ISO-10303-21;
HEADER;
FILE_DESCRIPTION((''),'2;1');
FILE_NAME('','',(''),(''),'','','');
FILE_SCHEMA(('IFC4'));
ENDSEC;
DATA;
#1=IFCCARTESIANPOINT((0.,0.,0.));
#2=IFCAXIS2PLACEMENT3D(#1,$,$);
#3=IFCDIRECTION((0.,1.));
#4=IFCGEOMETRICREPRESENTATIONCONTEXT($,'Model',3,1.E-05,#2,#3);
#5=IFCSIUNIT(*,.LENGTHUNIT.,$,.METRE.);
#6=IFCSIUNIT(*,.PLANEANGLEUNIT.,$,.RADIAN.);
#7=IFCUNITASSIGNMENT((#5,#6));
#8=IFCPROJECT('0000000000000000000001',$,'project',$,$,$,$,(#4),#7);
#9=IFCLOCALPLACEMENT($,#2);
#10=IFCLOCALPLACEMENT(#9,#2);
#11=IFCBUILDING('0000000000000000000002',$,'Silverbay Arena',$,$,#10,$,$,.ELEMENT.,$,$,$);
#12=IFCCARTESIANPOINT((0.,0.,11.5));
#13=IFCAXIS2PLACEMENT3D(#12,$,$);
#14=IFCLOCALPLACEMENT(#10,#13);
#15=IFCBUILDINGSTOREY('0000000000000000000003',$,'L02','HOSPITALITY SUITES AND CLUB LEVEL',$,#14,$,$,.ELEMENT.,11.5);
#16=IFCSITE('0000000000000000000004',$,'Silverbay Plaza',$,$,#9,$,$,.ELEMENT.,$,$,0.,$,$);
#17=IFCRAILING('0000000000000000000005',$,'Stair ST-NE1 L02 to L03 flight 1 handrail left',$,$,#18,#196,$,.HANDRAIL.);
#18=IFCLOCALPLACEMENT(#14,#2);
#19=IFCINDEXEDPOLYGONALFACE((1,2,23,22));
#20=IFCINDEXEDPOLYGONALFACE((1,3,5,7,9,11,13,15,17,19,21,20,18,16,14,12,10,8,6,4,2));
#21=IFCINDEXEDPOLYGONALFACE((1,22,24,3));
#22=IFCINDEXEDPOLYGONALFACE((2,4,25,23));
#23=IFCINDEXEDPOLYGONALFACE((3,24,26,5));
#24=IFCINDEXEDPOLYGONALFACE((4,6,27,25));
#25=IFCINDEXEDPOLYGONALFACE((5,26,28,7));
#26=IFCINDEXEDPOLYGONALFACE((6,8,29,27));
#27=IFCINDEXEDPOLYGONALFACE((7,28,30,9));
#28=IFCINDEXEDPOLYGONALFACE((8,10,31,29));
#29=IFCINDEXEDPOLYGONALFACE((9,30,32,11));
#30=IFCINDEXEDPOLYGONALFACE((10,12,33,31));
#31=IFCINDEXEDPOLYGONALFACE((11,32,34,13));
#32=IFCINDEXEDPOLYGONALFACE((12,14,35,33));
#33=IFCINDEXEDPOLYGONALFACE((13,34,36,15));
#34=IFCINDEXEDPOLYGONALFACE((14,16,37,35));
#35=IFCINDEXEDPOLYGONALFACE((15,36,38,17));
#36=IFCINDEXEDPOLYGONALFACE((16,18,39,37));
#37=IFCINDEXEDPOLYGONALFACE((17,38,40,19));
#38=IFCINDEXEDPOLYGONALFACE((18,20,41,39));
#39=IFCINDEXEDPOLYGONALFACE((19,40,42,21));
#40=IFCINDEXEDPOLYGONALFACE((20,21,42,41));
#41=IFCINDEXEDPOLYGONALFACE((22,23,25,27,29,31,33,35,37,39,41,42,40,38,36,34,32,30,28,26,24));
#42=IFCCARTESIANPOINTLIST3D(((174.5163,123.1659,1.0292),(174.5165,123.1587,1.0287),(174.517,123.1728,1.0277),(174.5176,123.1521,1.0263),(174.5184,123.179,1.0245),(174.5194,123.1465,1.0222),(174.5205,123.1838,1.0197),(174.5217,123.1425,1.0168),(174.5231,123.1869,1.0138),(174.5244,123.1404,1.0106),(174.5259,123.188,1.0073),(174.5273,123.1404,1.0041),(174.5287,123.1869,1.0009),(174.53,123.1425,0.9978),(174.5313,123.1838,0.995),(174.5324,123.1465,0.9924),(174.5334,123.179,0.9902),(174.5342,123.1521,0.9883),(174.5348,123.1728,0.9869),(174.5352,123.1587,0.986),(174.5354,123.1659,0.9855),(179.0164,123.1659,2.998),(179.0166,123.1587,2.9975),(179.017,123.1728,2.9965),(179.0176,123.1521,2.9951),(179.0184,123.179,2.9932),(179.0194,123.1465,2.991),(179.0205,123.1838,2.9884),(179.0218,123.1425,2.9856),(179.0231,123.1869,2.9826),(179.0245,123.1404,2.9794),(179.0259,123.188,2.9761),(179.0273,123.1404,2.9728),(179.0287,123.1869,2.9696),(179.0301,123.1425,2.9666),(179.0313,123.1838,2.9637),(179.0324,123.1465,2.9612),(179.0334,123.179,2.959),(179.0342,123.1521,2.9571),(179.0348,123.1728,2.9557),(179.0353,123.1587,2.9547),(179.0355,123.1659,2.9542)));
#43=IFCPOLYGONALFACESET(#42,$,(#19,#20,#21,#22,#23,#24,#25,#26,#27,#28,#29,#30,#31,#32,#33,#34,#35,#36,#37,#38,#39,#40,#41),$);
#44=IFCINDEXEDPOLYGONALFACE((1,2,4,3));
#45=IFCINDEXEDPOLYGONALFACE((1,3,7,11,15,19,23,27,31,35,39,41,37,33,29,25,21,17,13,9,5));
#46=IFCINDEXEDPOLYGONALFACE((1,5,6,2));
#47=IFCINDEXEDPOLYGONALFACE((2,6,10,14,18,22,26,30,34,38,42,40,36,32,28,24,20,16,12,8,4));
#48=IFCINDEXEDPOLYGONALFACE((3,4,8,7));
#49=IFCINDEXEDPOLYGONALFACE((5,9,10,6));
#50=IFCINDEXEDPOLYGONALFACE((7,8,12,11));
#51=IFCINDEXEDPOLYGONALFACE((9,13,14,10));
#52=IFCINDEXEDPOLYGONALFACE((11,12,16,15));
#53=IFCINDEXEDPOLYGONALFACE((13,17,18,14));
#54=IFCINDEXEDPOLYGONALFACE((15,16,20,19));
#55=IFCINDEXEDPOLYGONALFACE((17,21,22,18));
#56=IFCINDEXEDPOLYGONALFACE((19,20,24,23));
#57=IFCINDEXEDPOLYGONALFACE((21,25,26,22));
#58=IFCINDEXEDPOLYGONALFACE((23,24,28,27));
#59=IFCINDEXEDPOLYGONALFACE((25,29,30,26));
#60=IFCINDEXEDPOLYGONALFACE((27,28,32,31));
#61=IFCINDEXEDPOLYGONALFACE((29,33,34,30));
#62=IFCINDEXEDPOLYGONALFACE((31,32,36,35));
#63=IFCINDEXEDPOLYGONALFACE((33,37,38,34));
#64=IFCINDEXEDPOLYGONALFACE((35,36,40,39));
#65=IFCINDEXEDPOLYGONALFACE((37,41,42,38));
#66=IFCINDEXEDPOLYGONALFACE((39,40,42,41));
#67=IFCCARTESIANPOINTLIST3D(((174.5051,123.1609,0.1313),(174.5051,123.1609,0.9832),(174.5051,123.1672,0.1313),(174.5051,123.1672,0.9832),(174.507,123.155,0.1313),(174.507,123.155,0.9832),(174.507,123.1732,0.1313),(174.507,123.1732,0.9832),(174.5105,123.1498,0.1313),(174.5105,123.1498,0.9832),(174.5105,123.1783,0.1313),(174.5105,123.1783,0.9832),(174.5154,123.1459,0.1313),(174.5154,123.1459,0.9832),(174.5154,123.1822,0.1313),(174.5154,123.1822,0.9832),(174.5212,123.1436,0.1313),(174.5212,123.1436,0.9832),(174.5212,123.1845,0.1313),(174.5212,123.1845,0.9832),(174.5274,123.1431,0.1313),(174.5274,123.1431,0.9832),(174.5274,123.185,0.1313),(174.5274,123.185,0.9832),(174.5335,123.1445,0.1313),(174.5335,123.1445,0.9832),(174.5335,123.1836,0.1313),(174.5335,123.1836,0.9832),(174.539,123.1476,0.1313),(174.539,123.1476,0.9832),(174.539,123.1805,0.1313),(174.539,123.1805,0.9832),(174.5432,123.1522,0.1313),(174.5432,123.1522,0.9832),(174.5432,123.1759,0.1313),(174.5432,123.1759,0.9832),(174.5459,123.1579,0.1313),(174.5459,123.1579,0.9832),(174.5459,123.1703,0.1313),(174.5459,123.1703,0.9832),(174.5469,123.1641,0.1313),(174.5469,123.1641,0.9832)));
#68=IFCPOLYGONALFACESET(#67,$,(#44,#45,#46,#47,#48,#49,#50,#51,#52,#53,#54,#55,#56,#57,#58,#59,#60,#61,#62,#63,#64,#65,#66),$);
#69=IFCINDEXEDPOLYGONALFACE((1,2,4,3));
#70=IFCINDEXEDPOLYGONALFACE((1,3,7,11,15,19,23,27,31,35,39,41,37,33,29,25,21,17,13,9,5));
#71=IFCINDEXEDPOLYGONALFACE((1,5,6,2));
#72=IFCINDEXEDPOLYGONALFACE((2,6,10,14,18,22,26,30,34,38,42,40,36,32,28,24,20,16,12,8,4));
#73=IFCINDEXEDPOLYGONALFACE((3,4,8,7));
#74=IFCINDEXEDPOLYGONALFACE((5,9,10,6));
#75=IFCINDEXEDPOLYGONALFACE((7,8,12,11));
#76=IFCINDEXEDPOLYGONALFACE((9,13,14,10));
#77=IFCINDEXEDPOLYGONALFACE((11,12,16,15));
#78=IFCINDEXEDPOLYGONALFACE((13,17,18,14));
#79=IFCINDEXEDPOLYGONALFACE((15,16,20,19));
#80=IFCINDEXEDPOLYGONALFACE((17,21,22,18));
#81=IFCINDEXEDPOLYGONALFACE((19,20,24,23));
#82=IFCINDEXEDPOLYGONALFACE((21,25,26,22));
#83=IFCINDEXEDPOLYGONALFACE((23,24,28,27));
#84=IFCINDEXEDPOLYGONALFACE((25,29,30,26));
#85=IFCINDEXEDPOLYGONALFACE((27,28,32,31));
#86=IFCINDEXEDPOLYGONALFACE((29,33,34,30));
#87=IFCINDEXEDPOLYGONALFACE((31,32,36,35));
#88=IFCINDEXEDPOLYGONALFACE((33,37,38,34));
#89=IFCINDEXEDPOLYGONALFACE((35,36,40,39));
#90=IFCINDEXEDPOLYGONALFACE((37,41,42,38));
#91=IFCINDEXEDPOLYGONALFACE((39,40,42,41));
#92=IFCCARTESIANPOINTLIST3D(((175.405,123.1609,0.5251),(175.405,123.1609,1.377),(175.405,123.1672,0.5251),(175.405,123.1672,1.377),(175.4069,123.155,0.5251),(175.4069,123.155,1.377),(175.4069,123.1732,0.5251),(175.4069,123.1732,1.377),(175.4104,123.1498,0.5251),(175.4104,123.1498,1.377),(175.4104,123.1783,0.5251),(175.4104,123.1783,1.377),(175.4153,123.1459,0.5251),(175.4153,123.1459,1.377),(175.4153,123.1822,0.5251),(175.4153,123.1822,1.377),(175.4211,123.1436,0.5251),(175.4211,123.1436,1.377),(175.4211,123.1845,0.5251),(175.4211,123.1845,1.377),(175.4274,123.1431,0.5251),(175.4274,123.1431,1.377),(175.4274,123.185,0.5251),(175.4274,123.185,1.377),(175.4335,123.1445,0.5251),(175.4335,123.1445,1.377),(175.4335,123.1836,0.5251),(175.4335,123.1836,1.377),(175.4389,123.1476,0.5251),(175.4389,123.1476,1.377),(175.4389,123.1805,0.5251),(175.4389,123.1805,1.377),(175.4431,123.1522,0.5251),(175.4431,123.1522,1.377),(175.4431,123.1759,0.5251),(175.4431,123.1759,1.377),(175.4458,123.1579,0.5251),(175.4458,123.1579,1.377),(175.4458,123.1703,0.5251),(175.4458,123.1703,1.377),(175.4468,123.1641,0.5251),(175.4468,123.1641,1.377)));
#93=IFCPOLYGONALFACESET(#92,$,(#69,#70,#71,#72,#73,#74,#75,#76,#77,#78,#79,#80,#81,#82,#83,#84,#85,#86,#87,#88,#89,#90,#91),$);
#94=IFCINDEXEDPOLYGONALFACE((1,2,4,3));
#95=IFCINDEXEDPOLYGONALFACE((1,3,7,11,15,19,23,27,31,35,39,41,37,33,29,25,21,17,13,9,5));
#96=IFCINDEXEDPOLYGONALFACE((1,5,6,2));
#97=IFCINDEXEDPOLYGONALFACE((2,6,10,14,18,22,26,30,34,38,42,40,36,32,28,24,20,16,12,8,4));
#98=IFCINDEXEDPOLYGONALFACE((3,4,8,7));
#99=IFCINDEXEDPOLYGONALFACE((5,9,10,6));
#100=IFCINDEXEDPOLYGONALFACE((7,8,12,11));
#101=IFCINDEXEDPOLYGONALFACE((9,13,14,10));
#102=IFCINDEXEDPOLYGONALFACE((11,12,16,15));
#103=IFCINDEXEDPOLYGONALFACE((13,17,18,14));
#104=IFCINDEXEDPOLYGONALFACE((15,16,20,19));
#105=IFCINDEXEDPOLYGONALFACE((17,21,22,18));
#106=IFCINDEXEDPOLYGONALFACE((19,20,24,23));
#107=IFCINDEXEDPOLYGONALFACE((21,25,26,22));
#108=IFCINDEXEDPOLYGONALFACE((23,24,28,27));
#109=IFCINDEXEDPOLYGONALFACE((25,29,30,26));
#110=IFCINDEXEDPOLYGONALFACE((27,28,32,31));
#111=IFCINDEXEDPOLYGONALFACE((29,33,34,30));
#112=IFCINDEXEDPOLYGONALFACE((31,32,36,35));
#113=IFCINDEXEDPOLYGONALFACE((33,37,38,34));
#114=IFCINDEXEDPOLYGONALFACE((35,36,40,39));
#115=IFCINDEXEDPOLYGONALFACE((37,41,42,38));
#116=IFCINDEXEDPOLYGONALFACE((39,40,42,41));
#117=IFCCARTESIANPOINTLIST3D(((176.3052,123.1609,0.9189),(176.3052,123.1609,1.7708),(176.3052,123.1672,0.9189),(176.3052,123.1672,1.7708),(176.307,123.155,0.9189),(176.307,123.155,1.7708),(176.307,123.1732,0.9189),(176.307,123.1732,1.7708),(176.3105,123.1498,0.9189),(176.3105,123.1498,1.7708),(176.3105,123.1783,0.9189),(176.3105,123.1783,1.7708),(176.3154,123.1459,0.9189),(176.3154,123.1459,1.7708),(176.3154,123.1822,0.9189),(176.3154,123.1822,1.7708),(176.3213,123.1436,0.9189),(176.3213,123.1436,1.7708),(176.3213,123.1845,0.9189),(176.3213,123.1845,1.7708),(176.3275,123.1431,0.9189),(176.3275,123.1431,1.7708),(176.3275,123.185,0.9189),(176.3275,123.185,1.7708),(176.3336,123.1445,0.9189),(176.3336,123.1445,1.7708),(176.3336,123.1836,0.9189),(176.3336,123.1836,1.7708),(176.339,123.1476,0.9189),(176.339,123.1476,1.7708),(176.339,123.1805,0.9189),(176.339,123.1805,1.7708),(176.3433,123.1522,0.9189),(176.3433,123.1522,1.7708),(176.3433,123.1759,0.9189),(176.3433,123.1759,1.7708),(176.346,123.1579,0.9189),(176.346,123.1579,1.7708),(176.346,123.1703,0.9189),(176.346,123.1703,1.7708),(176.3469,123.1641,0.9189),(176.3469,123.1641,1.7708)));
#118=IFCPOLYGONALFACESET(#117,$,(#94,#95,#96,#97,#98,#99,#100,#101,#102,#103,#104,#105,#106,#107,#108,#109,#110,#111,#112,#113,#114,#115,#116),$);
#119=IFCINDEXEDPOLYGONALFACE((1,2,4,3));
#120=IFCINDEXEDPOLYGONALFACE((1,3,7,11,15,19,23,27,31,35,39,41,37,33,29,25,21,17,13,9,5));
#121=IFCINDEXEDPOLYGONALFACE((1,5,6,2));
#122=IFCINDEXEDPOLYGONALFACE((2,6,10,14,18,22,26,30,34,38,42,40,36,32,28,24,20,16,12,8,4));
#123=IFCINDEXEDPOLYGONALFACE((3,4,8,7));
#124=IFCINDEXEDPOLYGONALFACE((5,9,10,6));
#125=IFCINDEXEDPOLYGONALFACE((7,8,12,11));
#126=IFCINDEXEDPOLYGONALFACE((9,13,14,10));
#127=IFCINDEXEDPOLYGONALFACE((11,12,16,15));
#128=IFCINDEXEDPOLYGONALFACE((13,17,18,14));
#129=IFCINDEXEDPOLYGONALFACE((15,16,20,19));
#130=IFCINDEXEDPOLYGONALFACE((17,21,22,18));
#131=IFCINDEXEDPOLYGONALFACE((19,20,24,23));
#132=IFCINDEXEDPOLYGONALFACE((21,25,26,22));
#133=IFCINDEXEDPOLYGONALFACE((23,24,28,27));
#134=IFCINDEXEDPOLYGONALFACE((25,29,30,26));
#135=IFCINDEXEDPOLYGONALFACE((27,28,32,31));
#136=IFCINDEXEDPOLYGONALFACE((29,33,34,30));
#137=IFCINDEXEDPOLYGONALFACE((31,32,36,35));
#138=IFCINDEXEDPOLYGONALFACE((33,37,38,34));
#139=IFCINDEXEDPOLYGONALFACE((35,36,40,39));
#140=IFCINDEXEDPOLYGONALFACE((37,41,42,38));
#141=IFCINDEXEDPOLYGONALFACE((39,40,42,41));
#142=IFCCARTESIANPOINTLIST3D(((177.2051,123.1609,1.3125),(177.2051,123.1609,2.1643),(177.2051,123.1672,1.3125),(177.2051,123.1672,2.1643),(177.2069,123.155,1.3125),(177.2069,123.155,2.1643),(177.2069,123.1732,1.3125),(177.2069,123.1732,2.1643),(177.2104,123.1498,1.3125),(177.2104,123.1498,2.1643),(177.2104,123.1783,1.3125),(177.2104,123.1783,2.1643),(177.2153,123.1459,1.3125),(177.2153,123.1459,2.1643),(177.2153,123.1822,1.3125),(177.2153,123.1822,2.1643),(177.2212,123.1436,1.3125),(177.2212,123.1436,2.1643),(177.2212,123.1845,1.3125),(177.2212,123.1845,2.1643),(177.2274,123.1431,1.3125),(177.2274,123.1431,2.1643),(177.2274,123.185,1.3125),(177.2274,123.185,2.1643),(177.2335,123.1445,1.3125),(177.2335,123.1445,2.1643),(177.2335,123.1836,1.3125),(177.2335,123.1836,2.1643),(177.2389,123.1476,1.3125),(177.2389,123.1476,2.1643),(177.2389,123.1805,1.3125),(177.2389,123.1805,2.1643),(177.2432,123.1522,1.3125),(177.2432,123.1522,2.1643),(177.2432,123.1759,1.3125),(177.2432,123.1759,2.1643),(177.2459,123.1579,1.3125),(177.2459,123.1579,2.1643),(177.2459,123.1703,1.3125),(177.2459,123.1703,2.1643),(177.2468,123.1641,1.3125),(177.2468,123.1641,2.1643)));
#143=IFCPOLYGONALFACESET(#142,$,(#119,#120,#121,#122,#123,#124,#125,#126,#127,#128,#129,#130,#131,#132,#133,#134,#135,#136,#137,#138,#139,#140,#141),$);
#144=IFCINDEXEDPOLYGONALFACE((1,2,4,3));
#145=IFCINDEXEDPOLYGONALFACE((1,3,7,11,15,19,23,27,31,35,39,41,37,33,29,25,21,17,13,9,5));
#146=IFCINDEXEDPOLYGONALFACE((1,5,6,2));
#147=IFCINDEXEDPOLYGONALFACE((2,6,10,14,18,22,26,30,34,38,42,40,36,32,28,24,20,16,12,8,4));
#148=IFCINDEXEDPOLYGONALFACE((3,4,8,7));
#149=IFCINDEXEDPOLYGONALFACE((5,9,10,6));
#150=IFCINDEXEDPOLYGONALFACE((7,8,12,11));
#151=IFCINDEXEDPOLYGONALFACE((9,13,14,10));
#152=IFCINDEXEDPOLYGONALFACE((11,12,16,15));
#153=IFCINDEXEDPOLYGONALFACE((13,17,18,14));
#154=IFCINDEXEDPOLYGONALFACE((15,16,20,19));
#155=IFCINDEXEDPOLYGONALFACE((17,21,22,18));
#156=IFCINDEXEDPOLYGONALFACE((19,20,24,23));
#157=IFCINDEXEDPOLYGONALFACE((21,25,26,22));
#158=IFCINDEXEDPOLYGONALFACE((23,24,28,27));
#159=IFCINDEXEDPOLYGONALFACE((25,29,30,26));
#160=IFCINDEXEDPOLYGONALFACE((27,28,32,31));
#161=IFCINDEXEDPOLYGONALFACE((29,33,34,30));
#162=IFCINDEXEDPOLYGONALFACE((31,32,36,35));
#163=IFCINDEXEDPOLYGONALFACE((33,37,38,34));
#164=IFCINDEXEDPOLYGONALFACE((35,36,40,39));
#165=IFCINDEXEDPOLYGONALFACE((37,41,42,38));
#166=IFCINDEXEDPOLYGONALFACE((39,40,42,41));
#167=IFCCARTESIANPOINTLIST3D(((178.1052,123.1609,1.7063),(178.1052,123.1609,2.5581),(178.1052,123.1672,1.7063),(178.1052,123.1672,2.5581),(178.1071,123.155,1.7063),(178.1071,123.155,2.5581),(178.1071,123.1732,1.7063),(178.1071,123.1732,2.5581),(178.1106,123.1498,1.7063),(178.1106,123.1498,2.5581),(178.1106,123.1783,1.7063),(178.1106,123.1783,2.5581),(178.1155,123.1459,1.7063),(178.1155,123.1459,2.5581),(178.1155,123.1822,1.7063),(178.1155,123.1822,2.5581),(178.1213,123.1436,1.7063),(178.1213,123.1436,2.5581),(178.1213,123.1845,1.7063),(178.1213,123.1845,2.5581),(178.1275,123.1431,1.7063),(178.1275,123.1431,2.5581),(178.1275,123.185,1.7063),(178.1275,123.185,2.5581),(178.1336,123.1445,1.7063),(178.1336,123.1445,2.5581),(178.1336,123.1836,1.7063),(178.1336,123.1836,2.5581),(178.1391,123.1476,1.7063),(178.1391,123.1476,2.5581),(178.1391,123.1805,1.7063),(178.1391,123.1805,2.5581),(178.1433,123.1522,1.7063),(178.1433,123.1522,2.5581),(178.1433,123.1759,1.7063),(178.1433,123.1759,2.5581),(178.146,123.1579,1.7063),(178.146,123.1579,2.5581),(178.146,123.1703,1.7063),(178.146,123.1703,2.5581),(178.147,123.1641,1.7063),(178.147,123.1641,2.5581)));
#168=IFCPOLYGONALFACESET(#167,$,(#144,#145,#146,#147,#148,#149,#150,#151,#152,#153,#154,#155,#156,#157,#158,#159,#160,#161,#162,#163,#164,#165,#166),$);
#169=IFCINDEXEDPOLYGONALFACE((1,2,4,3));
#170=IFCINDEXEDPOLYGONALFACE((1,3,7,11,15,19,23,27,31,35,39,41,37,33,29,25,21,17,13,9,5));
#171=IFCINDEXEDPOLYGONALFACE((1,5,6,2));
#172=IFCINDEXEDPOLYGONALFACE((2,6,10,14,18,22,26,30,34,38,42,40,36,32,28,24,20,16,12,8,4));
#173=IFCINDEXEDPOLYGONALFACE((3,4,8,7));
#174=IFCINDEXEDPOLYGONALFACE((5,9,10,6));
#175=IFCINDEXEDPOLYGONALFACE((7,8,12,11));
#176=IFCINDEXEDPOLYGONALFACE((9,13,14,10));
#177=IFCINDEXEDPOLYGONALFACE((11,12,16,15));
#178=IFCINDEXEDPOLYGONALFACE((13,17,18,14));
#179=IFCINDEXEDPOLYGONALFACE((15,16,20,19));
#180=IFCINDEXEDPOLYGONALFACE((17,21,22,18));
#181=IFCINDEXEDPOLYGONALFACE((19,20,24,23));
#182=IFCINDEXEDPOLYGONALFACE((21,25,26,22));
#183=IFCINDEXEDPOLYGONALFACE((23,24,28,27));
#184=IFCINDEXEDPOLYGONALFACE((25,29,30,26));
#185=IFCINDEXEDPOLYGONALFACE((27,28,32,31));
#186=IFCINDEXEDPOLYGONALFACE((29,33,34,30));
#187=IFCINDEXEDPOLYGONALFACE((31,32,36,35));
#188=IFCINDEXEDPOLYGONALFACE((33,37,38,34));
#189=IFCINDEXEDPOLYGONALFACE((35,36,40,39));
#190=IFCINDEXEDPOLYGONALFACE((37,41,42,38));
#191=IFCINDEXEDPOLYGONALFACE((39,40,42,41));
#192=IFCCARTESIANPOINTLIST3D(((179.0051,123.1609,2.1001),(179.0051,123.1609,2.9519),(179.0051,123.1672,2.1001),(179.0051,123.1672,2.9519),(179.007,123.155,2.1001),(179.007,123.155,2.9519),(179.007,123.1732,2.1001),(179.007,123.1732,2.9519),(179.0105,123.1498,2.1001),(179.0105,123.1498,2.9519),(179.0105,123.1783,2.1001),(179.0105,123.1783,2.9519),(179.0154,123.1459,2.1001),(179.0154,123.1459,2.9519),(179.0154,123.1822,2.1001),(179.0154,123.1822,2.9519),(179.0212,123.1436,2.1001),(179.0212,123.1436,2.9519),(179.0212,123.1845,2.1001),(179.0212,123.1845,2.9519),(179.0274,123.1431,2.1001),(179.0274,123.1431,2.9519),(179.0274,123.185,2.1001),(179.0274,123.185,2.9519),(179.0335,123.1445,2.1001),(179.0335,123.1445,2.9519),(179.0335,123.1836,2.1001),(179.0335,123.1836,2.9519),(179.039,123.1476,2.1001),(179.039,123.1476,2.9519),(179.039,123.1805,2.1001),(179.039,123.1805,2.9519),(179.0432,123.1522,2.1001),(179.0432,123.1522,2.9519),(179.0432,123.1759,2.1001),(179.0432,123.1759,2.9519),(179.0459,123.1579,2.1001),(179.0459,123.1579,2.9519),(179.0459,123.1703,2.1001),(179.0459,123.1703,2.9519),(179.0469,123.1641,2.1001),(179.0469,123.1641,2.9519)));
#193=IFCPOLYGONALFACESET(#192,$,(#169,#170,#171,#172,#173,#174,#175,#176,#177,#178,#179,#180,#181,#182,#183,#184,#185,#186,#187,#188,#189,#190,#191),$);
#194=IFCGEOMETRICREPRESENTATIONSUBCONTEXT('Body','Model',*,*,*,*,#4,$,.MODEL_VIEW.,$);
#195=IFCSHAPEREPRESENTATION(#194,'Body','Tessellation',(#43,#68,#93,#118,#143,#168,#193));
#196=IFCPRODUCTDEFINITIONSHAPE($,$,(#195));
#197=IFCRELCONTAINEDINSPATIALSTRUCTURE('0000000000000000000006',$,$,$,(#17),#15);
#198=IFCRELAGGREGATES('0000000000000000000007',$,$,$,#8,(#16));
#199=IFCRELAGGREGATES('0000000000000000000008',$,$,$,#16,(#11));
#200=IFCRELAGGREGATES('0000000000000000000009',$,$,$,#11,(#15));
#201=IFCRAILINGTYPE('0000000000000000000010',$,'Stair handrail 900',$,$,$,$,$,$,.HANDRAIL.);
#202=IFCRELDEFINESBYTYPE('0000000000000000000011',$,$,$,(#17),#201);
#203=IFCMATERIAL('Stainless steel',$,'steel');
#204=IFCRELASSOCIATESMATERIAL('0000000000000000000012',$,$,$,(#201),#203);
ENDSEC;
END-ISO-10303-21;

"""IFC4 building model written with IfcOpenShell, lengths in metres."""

from ifc_helpers import new_model, si_unit, direction, frame, origin, origin_2d, place, context, subcontext, project, spatial, circle, extrude, material, type_object, element, save


model = new_model("IFC4")

# Units and contexts
model_context = context("Model", 3, precision=1e-05, world=origin(), true_north=direction((0.0, 1.0)))
body_context = subcontext(model_context, "Body", "Model", "MODEL_VIEW")
ifc_project = project(units=[si_unit("LENGTHUNIT", "METRE"), si_unit("PLANEANGLEUNIT", "RADIAN")], contexts=[model_context])

# Site, building, storey
site_placement = place(None, origin())
site = spatial("IfcSite", under=ifc_project, at=site_placement, Name="Silverbay Plaza", CompositionType="ELEMENT", RefElevation=0.0)
building_placement = place(site_placement, origin())
building = spatial("IfcBuilding", under=site, at=building_placement, Name="Silverbay Arena", CompositionType="ELEMENT")
storey_placement = place(building_placement, frame((0.0, 0.0, 11.5)))
storey = spatial("IfcBuildingStorey", under=building, at=storey_placement, Name="L02", Description="HOSPITALITY SUITES AND CLUB LEVEL", CompositionType="ELEMENT", Elevation=11.5)

# Railing
ifc_material_1 = material(Name="Stainless steel", Category="steel")
railing_type_1 = type_object("IfcRailingType", Name="Stair handrail 900", PredefinedType="HANDRAIL", material=ifc_material_1)
for number, where, name in (
    (1, (174.5259, 123.1641, 0.1313), "Stair ST-NE1 L02 to L03 flight 1 handrail left"),
):
    element("IfcRailing", number, at=place(storey_placement, frame(where)), inside=storey, type_object=railing_type_1, Name=name, PredefinedType="HANDRAIL", context=body_context, shape_type="SweptSolid", body=[
        extrude(circle(Radius=0.0239, at=origin_2d()), frame((0.0, 0.0, 0.876), z_axis=(0.916157, 0.0, 0.400819), x_axis=(0.0, 1.0, 0.0)), (0.0, 0.0, 1.0), 4.9119),
        extrude(circle(Radius=0.021, at=origin_2d()), origin(), (0.0, 0.0, 1.0), 0.8518),
        extrude(circle(Radius=0.021, at=origin_2d()), frame((0.8999, 0.0, 0.3938)), (0.0, 0.0, 1.0), 0.8518),
        extrude(circle(Radius=0.021, at=origin_2d()), frame((1.8, 0.0, 0.7876)), (0.0, 0.0, 1.0), 0.8518),
        extrude(circle(Radius=0.021, at=origin_2d()), frame((2.7, 0.0, 1.1812)), (0.0, 0.0, 1.0), 0.8518),
        extrude(circle(Radius=0.021, at=origin_2d()), frame((3.6001, 0.0, 1.575)), (0.0, 0.0, 1.0), 0.8518),
        extrude(circle(Radius=0.021, at=origin_2d()), frame((4.5, 0.0, 1.9688)), (0.0, 0.0, 1.0), 0.8518),
    ])

save(model, "model.ifc")
